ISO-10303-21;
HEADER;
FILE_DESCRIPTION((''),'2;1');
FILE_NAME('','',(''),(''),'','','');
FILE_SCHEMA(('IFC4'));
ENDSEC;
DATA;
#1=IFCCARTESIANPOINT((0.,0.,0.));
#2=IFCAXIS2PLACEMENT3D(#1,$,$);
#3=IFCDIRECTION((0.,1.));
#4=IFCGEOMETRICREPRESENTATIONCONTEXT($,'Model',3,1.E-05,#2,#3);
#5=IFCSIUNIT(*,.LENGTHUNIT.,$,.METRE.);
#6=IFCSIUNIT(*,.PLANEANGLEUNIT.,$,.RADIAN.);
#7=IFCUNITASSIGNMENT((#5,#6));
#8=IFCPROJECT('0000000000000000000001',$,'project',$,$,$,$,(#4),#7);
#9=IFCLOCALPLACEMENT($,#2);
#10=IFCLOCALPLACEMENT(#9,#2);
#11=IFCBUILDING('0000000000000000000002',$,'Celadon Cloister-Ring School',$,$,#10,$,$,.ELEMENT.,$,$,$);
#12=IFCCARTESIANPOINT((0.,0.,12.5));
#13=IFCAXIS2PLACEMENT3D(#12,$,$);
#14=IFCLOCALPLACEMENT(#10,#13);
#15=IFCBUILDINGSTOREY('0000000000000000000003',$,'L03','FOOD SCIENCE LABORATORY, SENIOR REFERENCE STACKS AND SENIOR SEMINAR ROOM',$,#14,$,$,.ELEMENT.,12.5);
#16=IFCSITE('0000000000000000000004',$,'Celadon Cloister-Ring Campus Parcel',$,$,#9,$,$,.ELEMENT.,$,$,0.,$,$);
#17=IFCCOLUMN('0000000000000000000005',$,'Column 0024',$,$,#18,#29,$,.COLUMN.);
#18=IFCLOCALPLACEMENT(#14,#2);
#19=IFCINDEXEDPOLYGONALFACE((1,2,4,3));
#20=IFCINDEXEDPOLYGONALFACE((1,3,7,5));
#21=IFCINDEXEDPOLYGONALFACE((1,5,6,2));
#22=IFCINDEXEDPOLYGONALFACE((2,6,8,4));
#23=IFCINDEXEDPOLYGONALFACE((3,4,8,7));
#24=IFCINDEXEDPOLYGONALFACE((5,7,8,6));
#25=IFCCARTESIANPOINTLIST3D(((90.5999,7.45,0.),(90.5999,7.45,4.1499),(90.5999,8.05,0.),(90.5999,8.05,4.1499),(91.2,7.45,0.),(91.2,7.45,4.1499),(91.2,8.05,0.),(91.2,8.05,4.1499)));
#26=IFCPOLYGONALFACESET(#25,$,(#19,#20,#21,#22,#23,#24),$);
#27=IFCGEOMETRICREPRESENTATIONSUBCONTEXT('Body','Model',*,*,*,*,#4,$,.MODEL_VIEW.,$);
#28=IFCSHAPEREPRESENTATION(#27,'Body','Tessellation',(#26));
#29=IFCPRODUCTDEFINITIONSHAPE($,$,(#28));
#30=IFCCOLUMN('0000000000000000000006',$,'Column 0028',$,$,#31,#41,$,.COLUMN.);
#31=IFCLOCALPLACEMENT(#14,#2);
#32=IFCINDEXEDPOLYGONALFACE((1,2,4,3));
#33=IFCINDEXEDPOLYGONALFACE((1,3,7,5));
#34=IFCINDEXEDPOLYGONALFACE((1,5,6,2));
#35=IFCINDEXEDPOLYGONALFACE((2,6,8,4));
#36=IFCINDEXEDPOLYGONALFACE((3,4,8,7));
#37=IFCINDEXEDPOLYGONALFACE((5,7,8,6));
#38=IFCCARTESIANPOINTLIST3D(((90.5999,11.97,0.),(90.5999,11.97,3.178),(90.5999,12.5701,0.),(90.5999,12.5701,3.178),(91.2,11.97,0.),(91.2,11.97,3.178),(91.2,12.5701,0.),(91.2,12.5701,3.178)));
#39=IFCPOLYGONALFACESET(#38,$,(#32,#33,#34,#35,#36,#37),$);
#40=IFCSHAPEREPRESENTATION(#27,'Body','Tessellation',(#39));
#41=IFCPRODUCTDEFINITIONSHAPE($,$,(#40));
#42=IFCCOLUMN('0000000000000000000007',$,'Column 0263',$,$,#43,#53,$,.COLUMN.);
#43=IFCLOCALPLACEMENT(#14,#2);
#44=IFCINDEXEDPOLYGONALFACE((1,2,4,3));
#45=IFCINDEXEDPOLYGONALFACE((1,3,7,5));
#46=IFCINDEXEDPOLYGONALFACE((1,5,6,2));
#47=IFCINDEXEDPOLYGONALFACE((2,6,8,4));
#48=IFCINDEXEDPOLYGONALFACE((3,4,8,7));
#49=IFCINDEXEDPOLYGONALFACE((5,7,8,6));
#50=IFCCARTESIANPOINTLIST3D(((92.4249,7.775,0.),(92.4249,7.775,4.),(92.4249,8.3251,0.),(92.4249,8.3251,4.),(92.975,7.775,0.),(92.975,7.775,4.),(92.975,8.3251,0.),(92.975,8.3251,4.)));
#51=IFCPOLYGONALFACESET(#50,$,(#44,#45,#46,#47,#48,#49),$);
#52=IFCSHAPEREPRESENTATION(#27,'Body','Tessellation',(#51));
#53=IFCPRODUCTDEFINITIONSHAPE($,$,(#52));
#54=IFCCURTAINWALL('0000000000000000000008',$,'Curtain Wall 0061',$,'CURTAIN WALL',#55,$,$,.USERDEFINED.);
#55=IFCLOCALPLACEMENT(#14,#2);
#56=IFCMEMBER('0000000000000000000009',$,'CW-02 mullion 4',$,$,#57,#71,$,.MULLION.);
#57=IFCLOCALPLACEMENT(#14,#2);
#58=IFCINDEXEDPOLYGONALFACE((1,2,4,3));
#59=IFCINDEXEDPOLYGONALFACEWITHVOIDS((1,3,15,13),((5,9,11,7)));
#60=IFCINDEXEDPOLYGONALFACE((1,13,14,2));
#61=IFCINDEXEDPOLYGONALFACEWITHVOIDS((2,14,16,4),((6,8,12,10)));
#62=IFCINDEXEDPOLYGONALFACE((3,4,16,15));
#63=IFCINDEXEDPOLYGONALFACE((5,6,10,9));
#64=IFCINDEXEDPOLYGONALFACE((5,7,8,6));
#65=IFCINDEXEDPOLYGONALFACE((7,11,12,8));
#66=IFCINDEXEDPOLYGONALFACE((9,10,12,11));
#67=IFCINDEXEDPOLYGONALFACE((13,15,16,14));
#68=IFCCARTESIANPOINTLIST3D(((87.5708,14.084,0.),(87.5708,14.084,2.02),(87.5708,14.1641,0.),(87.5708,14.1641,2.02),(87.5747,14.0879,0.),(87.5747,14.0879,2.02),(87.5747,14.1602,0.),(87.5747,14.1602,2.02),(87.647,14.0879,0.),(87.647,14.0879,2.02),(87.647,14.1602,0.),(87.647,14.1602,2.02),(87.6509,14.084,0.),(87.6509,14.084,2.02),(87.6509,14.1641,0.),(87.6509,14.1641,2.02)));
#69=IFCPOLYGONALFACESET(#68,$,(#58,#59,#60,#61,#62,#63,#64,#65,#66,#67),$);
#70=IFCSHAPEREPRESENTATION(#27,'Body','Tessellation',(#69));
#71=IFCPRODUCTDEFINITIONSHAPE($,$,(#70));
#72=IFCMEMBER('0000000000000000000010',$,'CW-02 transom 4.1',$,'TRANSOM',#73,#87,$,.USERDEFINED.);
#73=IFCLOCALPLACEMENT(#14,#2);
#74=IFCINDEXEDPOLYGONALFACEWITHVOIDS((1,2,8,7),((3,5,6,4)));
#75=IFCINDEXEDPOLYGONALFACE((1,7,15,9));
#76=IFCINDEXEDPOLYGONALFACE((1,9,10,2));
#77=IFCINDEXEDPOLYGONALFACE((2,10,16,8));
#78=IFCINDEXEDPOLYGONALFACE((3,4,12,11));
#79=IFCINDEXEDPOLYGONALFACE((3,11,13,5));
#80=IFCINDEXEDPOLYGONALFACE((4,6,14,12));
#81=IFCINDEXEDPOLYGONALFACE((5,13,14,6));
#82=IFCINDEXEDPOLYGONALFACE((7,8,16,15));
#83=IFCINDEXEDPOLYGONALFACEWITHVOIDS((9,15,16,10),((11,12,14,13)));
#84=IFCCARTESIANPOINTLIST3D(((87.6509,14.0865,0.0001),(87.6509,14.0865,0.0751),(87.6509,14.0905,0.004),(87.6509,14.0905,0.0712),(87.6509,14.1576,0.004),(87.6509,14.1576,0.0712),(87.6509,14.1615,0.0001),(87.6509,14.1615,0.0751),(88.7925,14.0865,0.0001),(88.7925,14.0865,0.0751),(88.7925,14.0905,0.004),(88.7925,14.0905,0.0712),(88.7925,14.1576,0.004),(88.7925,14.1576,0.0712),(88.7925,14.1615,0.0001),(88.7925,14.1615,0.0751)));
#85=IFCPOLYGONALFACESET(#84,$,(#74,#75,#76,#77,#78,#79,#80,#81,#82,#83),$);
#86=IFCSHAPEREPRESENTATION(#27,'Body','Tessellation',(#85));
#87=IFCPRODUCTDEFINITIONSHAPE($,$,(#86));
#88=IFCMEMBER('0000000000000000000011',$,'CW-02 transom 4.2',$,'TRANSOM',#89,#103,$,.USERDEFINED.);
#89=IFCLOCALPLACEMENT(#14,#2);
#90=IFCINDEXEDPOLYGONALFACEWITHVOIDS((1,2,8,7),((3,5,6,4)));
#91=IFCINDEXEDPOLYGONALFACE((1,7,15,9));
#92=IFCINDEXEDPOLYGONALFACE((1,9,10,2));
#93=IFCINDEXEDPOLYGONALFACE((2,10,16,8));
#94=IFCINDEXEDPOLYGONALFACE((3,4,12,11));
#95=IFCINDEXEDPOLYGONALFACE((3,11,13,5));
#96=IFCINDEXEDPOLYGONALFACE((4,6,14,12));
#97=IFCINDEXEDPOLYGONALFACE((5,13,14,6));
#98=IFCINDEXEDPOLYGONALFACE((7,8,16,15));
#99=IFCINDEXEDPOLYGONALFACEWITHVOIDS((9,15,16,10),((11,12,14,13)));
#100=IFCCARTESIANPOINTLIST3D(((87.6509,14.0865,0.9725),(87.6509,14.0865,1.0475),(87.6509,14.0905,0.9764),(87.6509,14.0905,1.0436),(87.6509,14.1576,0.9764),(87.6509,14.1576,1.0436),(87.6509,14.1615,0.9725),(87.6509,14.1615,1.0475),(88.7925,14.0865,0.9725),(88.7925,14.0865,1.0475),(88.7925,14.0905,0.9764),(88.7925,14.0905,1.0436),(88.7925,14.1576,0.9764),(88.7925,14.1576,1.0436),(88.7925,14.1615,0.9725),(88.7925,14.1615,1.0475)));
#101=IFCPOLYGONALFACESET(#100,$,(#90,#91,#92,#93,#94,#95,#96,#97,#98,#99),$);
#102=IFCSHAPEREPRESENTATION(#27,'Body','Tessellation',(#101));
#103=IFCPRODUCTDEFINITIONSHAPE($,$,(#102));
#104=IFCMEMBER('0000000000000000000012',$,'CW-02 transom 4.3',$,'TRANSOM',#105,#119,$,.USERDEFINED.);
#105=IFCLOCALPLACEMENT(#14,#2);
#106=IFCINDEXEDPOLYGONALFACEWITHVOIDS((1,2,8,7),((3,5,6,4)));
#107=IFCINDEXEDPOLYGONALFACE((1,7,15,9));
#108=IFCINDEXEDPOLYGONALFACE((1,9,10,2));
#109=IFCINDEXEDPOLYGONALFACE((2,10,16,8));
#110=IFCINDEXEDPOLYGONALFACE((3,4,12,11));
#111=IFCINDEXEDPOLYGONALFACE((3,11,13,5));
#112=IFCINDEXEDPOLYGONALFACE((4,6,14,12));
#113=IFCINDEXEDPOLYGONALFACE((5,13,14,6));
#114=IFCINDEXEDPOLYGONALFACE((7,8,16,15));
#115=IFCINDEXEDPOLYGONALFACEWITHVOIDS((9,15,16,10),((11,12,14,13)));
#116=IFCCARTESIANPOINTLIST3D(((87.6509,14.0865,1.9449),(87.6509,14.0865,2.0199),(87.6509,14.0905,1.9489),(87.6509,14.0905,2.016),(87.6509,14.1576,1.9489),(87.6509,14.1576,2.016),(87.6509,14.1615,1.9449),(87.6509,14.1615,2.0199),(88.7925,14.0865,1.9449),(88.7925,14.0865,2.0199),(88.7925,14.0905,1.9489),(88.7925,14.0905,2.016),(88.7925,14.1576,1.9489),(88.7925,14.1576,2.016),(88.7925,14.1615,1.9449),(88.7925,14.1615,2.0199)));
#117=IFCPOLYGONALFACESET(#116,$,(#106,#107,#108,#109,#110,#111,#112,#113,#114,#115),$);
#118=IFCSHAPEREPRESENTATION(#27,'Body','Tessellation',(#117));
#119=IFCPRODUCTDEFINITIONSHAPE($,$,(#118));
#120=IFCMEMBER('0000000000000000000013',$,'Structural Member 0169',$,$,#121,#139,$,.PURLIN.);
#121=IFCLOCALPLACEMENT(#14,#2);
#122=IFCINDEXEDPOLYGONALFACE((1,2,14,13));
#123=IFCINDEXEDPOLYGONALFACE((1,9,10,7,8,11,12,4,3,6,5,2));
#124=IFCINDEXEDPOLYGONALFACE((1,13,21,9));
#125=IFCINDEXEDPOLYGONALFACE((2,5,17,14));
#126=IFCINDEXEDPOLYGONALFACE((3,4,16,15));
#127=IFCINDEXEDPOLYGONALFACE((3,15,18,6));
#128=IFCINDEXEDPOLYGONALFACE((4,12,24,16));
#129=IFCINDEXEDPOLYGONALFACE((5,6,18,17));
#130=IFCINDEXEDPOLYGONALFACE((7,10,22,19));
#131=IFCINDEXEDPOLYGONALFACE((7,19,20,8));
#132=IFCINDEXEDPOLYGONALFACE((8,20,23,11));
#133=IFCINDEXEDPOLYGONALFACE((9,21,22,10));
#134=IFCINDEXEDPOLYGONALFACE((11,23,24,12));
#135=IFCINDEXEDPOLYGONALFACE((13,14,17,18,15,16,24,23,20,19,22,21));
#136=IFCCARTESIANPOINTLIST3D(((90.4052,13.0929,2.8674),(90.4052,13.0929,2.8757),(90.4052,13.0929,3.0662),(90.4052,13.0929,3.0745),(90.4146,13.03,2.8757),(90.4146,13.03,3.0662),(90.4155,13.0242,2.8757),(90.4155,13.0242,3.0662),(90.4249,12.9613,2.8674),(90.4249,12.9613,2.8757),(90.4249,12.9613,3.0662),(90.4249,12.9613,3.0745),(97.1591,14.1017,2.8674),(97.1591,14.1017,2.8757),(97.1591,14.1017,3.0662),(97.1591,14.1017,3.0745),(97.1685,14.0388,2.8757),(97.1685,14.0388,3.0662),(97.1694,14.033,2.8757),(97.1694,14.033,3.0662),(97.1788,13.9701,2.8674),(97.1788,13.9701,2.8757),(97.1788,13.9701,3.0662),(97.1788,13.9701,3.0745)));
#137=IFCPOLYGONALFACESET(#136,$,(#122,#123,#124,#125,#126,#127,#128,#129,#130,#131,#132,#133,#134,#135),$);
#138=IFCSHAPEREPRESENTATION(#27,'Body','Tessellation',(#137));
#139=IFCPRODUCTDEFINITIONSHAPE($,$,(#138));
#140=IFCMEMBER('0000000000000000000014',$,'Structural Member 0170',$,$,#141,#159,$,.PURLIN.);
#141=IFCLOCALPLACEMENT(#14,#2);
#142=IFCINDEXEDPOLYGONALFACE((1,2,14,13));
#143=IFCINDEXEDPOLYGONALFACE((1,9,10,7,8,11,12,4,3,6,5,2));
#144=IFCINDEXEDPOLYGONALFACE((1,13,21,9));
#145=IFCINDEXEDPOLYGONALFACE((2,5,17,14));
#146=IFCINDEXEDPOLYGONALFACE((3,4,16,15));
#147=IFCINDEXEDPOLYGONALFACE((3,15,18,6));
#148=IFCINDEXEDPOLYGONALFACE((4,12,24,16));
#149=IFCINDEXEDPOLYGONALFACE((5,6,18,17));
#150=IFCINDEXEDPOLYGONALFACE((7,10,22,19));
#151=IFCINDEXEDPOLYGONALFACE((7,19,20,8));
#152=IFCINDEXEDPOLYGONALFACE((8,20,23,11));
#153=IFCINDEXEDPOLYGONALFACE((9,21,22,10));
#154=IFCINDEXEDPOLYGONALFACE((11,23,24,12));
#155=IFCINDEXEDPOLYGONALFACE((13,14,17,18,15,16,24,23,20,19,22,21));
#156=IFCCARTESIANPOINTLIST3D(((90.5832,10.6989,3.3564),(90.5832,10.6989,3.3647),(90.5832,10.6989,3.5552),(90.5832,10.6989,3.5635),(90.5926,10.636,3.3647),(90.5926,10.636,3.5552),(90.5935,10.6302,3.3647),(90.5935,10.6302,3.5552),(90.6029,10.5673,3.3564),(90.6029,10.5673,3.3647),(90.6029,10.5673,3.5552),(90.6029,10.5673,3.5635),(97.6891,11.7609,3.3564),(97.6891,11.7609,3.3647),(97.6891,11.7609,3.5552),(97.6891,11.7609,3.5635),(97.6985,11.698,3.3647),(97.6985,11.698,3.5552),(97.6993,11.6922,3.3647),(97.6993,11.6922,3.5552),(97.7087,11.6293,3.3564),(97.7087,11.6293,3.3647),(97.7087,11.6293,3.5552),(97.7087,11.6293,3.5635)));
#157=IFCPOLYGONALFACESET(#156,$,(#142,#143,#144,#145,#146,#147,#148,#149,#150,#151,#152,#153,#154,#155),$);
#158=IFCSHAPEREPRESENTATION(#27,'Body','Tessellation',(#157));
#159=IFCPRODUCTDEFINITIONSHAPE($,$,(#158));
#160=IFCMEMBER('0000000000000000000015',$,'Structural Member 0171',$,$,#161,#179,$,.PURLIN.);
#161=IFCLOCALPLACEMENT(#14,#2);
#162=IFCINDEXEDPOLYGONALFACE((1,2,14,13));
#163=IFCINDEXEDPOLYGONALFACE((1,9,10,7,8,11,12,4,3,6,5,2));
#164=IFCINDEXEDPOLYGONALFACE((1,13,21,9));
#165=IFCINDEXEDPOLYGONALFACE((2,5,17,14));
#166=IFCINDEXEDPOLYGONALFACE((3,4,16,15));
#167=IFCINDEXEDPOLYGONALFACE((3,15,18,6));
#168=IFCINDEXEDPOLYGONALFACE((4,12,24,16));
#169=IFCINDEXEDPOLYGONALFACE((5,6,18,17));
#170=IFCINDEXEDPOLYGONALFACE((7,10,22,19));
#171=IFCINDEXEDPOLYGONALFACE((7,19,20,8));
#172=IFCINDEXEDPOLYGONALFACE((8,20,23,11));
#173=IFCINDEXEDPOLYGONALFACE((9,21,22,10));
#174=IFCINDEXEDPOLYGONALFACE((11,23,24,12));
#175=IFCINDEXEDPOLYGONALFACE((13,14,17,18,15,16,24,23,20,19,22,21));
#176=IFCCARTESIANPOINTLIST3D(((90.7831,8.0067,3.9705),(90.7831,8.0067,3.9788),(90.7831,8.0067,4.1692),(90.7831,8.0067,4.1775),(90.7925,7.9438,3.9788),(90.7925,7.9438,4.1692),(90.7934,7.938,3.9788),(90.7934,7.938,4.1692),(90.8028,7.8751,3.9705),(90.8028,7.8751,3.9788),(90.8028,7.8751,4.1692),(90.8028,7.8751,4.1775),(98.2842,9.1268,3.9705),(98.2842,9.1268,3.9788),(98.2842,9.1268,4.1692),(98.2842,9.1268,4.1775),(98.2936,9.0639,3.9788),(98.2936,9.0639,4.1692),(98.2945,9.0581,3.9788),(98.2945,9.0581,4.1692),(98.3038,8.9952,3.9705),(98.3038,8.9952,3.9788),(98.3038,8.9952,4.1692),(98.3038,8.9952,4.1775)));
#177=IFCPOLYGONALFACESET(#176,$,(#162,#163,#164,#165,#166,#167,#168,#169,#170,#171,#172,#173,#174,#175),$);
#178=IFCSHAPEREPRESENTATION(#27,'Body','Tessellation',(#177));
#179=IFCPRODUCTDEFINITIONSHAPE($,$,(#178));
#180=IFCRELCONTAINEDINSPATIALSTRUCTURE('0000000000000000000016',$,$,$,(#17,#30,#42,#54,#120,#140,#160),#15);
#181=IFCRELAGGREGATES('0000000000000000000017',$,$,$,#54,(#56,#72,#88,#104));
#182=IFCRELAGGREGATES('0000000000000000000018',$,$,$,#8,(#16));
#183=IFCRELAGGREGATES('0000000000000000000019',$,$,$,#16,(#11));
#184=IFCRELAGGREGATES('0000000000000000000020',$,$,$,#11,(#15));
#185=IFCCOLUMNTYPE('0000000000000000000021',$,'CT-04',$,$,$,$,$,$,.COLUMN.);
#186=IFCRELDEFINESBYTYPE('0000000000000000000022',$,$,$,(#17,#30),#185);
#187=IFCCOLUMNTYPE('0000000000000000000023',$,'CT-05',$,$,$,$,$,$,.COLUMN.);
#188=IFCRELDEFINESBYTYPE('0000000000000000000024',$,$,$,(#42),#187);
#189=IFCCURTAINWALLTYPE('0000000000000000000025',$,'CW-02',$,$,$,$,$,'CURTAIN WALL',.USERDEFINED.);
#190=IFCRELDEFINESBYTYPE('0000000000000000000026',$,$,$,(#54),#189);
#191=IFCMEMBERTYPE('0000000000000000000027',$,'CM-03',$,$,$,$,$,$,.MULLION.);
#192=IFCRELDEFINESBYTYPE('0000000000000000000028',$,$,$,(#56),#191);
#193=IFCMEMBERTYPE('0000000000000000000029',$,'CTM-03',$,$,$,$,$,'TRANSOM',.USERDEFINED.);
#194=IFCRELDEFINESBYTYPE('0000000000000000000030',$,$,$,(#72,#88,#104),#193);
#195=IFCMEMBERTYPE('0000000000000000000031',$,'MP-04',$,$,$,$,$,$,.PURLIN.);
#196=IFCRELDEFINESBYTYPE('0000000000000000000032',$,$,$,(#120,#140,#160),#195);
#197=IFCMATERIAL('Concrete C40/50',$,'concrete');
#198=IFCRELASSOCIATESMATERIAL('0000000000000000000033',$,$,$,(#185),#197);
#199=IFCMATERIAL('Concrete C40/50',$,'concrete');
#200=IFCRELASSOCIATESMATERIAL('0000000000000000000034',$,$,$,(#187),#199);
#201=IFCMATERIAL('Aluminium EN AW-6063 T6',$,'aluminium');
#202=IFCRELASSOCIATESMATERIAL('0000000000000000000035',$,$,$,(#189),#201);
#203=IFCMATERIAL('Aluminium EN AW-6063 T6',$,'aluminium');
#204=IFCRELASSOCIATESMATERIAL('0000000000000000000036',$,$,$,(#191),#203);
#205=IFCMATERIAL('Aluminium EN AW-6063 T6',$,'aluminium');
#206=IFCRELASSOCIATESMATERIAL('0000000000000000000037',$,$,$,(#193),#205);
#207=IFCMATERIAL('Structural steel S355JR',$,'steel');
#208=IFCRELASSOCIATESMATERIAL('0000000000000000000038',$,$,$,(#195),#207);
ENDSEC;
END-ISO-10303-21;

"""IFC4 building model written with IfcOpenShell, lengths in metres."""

from ifc_helpers import new_model, si_unit, direction, frame, origin, origin_2d, place, context, subcontext, project, spatial, rectangle, hollow_rectangle, i_section, extrude, material, material_profile, profile_set, type_object, element, aggregate, save


model = new_model("IFC4")

# Units and contexts
model_context = context("Model", 3, precision=1e-05, world=origin(), true_north=direction((0.0, 1.0)))
body_context = subcontext(model_context, "Body", "Model", "MODEL_VIEW")
ifc_project = project(units=[si_unit("LENGTHUNIT", "METRE"), si_unit("PLANEANGLEUNIT", "RADIAN")], contexts=[model_context])

# Site, building, storey
site_placement = place(None, origin())
site = spatial("IfcSite", under=ifc_project, at=site_placement, Name="Celadon Cloister-Ring Campus Parcel", CompositionType="ELEMENT", RefElevation=0.0)
building_placement = place(site_placement, origin())
building = spatial("IfcBuilding", under=site, at=building_placement, Name="Celadon Cloister-Ring School", CompositionType="ELEMENT")
storey_placement = place(building_placement, frame((0.0, 0.0, 12.5)))
storey = spatial("IfcBuildingStorey", under=building, at=storey_placement, Name="L03", Description="FOOD SCIENCE LABORATORY, SENIOR REFERENCE STACKS AND SENIOR SEMINAR ROOM", CompositionType="ELEMENT", Elevation=12.5)

# Columns
ifc_material_1 = material(Name="Concrete C40/50", Category="concrete")
ifc_material_profile_1 = material_profile(ifc_material_1, rectangle(XDim=0.6001, YDim=0.6001, at=origin_2d()), Name="RC600X600")
ifc_profile_set_1 = profile_set([ifc_material_profile_1], Name="Concrete C40/50")
column_type_1 = type_object("IfcColumnType", Name="CT-04", PredefinedType="COLUMN", material=ifc_profile_set_1)
column_1_placement = place(storey_placement, frame((90.8999, 7.75, 0.0), z_axis=(0.0, 0.0, 1.0), x_axis=(1.0, 0.0, 0.0)))
element("IfcColumn", 1, at=column_1_placement, inside=storey, type_object=column_type_1, Name="Column 0024", PredefinedType="COLUMN", context=body_context, shape_type="SweptSolid", body=[
    extrude(rectangle(XDim=0.6001, YDim=0.6001, at=origin_2d()), origin(), (0.0, 0.0, 1.0), 4.1499),
])
column_2_placement = place(storey_placement, frame((90.8999, 12.27, 0.0), z_axis=(0.0, 0.0, 1.0), x_axis=(1.0, 0.0, 0.0)))
element("IfcColumn", 2, at=column_2_placement, inside=storey, type_object=column_type_1, Name="Column 0028", PredefinedType="COLUMN", context=body_context, shape_type="SweptSolid", body=[
    extrude(rectangle(XDim=0.6001, YDim=0.6001, at=origin_2d()), origin(), (0.0, 0.0, 1.0), 3.178),
])
ifc_material_2 = material(Name="Concrete C40/50", Category="concrete")
ifc_material_profile_2 = material_profile(ifc_material_2, rectangle(XDim=0.55, YDim=0.55, at=origin_2d()), Name="RC550X550")
ifc_profile_set_2 = profile_set([ifc_material_profile_2], Name="Concrete C40/50")
column_type_2 = type_object("IfcColumnType", Name="CT-05", PredefinedType="COLUMN", material=ifc_profile_set_2)
column_3_placement = place(storey_placement, frame((92.7, 8.05, 0.0), z_axis=(0.0, 0.0, 1.0), x_axis=(1.0, 0.0, 0.0)))
element("IfcColumn", 3, at=column_3_placement, inside=storey, type_object=column_type_2, Name="Column 0263", PredefinedType="COLUMN", context=body_context, shape_type="SweptSolid", body=[
    extrude(rectangle(XDim=0.55, YDim=0.55, at=origin_2d()), origin(), (0.0, 0.0, 1.0), 4.0),
])

# Curtain wall, members
ifc_material_3 = material(Name="Aluminium EN AW-6063 T6", Category="aluminium")
curtain_wall_type = type_object("IfcCurtainWallType", Name="CW-02", ElementType="CURTAIN WALL", PredefinedType="USERDEFINED", material=ifc_material_3)
curtain_wall_placement = place(storey_placement, origin())
curtain_wall = element("IfcCurtainWall", 4, at=curtain_wall_placement, inside=storey, type_object=curtain_wall_type, Name="Curtain Wall 0061", ObjectType="CURTAIN WALL", PredefinedType="USERDEFINED")
ifc_material_4 = material(Name="Aluminium EN AW-6063 T6", Category="aluminium")
ifc_material_profile_3 = material_profile(ifc_material_4, hollow_rectangle(XDim=0.0801, YDim=0.0801, WallThickness=0.0039, at=origin_2d()), Name="RHS80X80X4")
ifc_profile_set_3 = profile_set([ifc_material_profile_3], Name="Aluminium EN AW-6063 T6")
member_type_1 = type_object("IfcMemberType", Name="CM-03", PredefinedType="MULLION", material=ifc_profile_set_3)
member_1_placement = place(storey_placement, frame((87.6108, 14.124, 0.0), z_axis=(0.0, 0.0, 1.0), x_axis=(0.0, 1.0, 0.0)))
member_1 = element("IfcMember", 5, at=member_1_placement, type_object=member_type_1, Name="CW-02 mullion 4", PredefinedType="MULLION", context=body_context, shape_type="SweptSolid", body=[
    extrude(hollow_rectangle(XDim=0.0801, YDim=0.0801, WallThickness=0.0039, at=origin_2d()), origin(), (0.0, 0.0, 1.0), 2.02),
])
ifc_material_5 = material(Name="Aluminium EN AW-6063 T6", Category="aluminium")
ifc_material_profile_4 = material_profile(ifc_material_5, hollow_rectangle(XDim=0.075, YDim=0.075, WallThickness=0.0039, at=origin_2d()), Name="RHS75X75X4")
ifc_profile_set_4 = profile_set([ifc_material_profile_4], Name="Aluminium EN AW-6063 T6")
member_type_2 = type_object("IfcMemberType", Name="CTM-03", ElementType="TRANSOM", PredefinedType="USERDEFINED", material=ifc_profile_set_4)
member_2_placement = place(storey_placement, frame((87.6509, 14.124, 0.0376), z_axis=(1.0, 0.0, 0.0), x_axis=(0.0, 1.0, 0.0)))
member_2 = element("IfcMember", 6, at=member_2_placement, type_object=member_type_2, Name="CW-02 transom 4.1", ObjectType="TRANSOM", PredefinedType="USERDEFINED", context=body_context, shape_type="SweptSolid", body=[
    extrude(hollow_rectangle(XDim=0.075, YDim=0.075, WallThickness=0.0039, at=origin_2d()), origin(), (0.0, 0.0, 1.0), 1.1416),
])
member_3_placement = place(storey_placement, frame((87.6509, 14.124, 1.01), z_axis=(1.0, 0.0, 0.0), x_axis=(0.0, 1.0, 0.0)))
member_3 = element("IfcMember", 7, at=member_3_placement, type_object=member_type_2, Name="CW-02 transom 4.2", ObjectType="TRANSOM", PredefinedType="USERDEFINED", context=body_context, shape_type="SweptSolid", body=[
    extrude(hollow_rectangle(XDim=0.075, YDim=0.075, WallThickness=0.0039, at=origin_2d()), origin(), (0.0, 0.0, 1.0), 1.1416),
])
member_4_placement = place(storey_placement, frame((87.6509, 14.124, 1.9824), z_axis=(1.0, 0.0, 0.0), x_axis=(0.0, 1.0, 0.0)))
member_4 = element("IfcMember", 8, at=member_4_placement, type_object=member_type_2, Name="CW-02 transom 4.3", ObjectType="TRANSOM", PredefinedType="USERDEFINED", context=body_context, shape_type="SweptSolid", body=[
    extrude(hollow_rectangle(XDim=0.075, YDim=0.075, WallThickness=0.0039, at=origin_2d()), origin(), (0.0, 0.0, 1.0), 1.1416),
])

# Members
ifc_material_6 = material(Name="Structural steel S355JR", Category="steel")
ifc_material_profile_5 = material_profile(ifc_material_6, i_section(OverallWidth=0.1331, OverallDepth=0.207, WebThickness=0.0059, FlangeThickness=0.0083, at=origin_2d()), Name="W200X27")
ifc_profile_set_5 = profile_set([ifc_material_profile_5], Name="Structural steel S355JR")
member_type_3 = type_object("IfcMemberType", Name="MP-04", PredefinedType="PURLIN", material=ifc_profile_set_5)
member_5_placement = place(storey_placement, frame((90.415, 13.0271, 2.9709), z_axis=(0.989028, 0.147725, 0.0), x_axis=(-0.147725, 0.989028, 0.0)))
element("IfcMember", 9, at=member_5_placement, inside=storey, type_object=member_type_3, Name="Structural Member 0169", PredefinedType="PURLIN", context=body_context, shape_type="SweptSolid", body=[
    extrude(i_section(OverallWidth=0.1331, OverallDepth=0.207, WebThickness=0.0059, FlangeThickness=0.0083, at=origin_2d()), origin(), (0.0, 0.0, 1.0), 6.8289),
])
member_6_placement = place(storey_placement, frame((90.593, 10.6331, 3.46), z_axis=(0.989015, 0.147812, 0.0), x_axis=(-0.147812, 0.989015, 0.0)))
element("IfcMember", 10, at=member_6_placement, inside=storey, type_object=member_type_3, Name="Structural Member 0170", PredefinedType="PURLIN", context=body_context, shape_type="SweptSolid", body=[
    extrude(i_section(OverallWidth=0.1331, OverallDepth=0.207, WebThickness=0.0059, FlangeThickness=0.0083, at=origin_2d()), origin(), (0.0, 0.0, 1.0), 7.1848),
])
member_7_placement = place(storey_placement, frame((90.793, 7.9409, 4.074), z_axis=(0.989033, 0.147692, 0.0), x_axis=(-0.147692, 0.989033, 0.0)))
element("IfcMember", 11, at=member_7_placement, inside=storey, type_object=member_type_3, Name="Structural Member 0171", PredefinedType="PURLIN", context=body_context, shape_type="SweptSolid", body=[
    extrude(i_section(OverallWidth=0.1331, OverallDepth=0.207, WebThickness=0.0059, FlangeThickness=0.0083, at=origin_2d()), origin(), (0.0, 0.0, 1.0), 7.5842),
])

aggregate(curtain_wall, [member_1, member_2, member_3, member_4])

save(model, "model.ifc")
